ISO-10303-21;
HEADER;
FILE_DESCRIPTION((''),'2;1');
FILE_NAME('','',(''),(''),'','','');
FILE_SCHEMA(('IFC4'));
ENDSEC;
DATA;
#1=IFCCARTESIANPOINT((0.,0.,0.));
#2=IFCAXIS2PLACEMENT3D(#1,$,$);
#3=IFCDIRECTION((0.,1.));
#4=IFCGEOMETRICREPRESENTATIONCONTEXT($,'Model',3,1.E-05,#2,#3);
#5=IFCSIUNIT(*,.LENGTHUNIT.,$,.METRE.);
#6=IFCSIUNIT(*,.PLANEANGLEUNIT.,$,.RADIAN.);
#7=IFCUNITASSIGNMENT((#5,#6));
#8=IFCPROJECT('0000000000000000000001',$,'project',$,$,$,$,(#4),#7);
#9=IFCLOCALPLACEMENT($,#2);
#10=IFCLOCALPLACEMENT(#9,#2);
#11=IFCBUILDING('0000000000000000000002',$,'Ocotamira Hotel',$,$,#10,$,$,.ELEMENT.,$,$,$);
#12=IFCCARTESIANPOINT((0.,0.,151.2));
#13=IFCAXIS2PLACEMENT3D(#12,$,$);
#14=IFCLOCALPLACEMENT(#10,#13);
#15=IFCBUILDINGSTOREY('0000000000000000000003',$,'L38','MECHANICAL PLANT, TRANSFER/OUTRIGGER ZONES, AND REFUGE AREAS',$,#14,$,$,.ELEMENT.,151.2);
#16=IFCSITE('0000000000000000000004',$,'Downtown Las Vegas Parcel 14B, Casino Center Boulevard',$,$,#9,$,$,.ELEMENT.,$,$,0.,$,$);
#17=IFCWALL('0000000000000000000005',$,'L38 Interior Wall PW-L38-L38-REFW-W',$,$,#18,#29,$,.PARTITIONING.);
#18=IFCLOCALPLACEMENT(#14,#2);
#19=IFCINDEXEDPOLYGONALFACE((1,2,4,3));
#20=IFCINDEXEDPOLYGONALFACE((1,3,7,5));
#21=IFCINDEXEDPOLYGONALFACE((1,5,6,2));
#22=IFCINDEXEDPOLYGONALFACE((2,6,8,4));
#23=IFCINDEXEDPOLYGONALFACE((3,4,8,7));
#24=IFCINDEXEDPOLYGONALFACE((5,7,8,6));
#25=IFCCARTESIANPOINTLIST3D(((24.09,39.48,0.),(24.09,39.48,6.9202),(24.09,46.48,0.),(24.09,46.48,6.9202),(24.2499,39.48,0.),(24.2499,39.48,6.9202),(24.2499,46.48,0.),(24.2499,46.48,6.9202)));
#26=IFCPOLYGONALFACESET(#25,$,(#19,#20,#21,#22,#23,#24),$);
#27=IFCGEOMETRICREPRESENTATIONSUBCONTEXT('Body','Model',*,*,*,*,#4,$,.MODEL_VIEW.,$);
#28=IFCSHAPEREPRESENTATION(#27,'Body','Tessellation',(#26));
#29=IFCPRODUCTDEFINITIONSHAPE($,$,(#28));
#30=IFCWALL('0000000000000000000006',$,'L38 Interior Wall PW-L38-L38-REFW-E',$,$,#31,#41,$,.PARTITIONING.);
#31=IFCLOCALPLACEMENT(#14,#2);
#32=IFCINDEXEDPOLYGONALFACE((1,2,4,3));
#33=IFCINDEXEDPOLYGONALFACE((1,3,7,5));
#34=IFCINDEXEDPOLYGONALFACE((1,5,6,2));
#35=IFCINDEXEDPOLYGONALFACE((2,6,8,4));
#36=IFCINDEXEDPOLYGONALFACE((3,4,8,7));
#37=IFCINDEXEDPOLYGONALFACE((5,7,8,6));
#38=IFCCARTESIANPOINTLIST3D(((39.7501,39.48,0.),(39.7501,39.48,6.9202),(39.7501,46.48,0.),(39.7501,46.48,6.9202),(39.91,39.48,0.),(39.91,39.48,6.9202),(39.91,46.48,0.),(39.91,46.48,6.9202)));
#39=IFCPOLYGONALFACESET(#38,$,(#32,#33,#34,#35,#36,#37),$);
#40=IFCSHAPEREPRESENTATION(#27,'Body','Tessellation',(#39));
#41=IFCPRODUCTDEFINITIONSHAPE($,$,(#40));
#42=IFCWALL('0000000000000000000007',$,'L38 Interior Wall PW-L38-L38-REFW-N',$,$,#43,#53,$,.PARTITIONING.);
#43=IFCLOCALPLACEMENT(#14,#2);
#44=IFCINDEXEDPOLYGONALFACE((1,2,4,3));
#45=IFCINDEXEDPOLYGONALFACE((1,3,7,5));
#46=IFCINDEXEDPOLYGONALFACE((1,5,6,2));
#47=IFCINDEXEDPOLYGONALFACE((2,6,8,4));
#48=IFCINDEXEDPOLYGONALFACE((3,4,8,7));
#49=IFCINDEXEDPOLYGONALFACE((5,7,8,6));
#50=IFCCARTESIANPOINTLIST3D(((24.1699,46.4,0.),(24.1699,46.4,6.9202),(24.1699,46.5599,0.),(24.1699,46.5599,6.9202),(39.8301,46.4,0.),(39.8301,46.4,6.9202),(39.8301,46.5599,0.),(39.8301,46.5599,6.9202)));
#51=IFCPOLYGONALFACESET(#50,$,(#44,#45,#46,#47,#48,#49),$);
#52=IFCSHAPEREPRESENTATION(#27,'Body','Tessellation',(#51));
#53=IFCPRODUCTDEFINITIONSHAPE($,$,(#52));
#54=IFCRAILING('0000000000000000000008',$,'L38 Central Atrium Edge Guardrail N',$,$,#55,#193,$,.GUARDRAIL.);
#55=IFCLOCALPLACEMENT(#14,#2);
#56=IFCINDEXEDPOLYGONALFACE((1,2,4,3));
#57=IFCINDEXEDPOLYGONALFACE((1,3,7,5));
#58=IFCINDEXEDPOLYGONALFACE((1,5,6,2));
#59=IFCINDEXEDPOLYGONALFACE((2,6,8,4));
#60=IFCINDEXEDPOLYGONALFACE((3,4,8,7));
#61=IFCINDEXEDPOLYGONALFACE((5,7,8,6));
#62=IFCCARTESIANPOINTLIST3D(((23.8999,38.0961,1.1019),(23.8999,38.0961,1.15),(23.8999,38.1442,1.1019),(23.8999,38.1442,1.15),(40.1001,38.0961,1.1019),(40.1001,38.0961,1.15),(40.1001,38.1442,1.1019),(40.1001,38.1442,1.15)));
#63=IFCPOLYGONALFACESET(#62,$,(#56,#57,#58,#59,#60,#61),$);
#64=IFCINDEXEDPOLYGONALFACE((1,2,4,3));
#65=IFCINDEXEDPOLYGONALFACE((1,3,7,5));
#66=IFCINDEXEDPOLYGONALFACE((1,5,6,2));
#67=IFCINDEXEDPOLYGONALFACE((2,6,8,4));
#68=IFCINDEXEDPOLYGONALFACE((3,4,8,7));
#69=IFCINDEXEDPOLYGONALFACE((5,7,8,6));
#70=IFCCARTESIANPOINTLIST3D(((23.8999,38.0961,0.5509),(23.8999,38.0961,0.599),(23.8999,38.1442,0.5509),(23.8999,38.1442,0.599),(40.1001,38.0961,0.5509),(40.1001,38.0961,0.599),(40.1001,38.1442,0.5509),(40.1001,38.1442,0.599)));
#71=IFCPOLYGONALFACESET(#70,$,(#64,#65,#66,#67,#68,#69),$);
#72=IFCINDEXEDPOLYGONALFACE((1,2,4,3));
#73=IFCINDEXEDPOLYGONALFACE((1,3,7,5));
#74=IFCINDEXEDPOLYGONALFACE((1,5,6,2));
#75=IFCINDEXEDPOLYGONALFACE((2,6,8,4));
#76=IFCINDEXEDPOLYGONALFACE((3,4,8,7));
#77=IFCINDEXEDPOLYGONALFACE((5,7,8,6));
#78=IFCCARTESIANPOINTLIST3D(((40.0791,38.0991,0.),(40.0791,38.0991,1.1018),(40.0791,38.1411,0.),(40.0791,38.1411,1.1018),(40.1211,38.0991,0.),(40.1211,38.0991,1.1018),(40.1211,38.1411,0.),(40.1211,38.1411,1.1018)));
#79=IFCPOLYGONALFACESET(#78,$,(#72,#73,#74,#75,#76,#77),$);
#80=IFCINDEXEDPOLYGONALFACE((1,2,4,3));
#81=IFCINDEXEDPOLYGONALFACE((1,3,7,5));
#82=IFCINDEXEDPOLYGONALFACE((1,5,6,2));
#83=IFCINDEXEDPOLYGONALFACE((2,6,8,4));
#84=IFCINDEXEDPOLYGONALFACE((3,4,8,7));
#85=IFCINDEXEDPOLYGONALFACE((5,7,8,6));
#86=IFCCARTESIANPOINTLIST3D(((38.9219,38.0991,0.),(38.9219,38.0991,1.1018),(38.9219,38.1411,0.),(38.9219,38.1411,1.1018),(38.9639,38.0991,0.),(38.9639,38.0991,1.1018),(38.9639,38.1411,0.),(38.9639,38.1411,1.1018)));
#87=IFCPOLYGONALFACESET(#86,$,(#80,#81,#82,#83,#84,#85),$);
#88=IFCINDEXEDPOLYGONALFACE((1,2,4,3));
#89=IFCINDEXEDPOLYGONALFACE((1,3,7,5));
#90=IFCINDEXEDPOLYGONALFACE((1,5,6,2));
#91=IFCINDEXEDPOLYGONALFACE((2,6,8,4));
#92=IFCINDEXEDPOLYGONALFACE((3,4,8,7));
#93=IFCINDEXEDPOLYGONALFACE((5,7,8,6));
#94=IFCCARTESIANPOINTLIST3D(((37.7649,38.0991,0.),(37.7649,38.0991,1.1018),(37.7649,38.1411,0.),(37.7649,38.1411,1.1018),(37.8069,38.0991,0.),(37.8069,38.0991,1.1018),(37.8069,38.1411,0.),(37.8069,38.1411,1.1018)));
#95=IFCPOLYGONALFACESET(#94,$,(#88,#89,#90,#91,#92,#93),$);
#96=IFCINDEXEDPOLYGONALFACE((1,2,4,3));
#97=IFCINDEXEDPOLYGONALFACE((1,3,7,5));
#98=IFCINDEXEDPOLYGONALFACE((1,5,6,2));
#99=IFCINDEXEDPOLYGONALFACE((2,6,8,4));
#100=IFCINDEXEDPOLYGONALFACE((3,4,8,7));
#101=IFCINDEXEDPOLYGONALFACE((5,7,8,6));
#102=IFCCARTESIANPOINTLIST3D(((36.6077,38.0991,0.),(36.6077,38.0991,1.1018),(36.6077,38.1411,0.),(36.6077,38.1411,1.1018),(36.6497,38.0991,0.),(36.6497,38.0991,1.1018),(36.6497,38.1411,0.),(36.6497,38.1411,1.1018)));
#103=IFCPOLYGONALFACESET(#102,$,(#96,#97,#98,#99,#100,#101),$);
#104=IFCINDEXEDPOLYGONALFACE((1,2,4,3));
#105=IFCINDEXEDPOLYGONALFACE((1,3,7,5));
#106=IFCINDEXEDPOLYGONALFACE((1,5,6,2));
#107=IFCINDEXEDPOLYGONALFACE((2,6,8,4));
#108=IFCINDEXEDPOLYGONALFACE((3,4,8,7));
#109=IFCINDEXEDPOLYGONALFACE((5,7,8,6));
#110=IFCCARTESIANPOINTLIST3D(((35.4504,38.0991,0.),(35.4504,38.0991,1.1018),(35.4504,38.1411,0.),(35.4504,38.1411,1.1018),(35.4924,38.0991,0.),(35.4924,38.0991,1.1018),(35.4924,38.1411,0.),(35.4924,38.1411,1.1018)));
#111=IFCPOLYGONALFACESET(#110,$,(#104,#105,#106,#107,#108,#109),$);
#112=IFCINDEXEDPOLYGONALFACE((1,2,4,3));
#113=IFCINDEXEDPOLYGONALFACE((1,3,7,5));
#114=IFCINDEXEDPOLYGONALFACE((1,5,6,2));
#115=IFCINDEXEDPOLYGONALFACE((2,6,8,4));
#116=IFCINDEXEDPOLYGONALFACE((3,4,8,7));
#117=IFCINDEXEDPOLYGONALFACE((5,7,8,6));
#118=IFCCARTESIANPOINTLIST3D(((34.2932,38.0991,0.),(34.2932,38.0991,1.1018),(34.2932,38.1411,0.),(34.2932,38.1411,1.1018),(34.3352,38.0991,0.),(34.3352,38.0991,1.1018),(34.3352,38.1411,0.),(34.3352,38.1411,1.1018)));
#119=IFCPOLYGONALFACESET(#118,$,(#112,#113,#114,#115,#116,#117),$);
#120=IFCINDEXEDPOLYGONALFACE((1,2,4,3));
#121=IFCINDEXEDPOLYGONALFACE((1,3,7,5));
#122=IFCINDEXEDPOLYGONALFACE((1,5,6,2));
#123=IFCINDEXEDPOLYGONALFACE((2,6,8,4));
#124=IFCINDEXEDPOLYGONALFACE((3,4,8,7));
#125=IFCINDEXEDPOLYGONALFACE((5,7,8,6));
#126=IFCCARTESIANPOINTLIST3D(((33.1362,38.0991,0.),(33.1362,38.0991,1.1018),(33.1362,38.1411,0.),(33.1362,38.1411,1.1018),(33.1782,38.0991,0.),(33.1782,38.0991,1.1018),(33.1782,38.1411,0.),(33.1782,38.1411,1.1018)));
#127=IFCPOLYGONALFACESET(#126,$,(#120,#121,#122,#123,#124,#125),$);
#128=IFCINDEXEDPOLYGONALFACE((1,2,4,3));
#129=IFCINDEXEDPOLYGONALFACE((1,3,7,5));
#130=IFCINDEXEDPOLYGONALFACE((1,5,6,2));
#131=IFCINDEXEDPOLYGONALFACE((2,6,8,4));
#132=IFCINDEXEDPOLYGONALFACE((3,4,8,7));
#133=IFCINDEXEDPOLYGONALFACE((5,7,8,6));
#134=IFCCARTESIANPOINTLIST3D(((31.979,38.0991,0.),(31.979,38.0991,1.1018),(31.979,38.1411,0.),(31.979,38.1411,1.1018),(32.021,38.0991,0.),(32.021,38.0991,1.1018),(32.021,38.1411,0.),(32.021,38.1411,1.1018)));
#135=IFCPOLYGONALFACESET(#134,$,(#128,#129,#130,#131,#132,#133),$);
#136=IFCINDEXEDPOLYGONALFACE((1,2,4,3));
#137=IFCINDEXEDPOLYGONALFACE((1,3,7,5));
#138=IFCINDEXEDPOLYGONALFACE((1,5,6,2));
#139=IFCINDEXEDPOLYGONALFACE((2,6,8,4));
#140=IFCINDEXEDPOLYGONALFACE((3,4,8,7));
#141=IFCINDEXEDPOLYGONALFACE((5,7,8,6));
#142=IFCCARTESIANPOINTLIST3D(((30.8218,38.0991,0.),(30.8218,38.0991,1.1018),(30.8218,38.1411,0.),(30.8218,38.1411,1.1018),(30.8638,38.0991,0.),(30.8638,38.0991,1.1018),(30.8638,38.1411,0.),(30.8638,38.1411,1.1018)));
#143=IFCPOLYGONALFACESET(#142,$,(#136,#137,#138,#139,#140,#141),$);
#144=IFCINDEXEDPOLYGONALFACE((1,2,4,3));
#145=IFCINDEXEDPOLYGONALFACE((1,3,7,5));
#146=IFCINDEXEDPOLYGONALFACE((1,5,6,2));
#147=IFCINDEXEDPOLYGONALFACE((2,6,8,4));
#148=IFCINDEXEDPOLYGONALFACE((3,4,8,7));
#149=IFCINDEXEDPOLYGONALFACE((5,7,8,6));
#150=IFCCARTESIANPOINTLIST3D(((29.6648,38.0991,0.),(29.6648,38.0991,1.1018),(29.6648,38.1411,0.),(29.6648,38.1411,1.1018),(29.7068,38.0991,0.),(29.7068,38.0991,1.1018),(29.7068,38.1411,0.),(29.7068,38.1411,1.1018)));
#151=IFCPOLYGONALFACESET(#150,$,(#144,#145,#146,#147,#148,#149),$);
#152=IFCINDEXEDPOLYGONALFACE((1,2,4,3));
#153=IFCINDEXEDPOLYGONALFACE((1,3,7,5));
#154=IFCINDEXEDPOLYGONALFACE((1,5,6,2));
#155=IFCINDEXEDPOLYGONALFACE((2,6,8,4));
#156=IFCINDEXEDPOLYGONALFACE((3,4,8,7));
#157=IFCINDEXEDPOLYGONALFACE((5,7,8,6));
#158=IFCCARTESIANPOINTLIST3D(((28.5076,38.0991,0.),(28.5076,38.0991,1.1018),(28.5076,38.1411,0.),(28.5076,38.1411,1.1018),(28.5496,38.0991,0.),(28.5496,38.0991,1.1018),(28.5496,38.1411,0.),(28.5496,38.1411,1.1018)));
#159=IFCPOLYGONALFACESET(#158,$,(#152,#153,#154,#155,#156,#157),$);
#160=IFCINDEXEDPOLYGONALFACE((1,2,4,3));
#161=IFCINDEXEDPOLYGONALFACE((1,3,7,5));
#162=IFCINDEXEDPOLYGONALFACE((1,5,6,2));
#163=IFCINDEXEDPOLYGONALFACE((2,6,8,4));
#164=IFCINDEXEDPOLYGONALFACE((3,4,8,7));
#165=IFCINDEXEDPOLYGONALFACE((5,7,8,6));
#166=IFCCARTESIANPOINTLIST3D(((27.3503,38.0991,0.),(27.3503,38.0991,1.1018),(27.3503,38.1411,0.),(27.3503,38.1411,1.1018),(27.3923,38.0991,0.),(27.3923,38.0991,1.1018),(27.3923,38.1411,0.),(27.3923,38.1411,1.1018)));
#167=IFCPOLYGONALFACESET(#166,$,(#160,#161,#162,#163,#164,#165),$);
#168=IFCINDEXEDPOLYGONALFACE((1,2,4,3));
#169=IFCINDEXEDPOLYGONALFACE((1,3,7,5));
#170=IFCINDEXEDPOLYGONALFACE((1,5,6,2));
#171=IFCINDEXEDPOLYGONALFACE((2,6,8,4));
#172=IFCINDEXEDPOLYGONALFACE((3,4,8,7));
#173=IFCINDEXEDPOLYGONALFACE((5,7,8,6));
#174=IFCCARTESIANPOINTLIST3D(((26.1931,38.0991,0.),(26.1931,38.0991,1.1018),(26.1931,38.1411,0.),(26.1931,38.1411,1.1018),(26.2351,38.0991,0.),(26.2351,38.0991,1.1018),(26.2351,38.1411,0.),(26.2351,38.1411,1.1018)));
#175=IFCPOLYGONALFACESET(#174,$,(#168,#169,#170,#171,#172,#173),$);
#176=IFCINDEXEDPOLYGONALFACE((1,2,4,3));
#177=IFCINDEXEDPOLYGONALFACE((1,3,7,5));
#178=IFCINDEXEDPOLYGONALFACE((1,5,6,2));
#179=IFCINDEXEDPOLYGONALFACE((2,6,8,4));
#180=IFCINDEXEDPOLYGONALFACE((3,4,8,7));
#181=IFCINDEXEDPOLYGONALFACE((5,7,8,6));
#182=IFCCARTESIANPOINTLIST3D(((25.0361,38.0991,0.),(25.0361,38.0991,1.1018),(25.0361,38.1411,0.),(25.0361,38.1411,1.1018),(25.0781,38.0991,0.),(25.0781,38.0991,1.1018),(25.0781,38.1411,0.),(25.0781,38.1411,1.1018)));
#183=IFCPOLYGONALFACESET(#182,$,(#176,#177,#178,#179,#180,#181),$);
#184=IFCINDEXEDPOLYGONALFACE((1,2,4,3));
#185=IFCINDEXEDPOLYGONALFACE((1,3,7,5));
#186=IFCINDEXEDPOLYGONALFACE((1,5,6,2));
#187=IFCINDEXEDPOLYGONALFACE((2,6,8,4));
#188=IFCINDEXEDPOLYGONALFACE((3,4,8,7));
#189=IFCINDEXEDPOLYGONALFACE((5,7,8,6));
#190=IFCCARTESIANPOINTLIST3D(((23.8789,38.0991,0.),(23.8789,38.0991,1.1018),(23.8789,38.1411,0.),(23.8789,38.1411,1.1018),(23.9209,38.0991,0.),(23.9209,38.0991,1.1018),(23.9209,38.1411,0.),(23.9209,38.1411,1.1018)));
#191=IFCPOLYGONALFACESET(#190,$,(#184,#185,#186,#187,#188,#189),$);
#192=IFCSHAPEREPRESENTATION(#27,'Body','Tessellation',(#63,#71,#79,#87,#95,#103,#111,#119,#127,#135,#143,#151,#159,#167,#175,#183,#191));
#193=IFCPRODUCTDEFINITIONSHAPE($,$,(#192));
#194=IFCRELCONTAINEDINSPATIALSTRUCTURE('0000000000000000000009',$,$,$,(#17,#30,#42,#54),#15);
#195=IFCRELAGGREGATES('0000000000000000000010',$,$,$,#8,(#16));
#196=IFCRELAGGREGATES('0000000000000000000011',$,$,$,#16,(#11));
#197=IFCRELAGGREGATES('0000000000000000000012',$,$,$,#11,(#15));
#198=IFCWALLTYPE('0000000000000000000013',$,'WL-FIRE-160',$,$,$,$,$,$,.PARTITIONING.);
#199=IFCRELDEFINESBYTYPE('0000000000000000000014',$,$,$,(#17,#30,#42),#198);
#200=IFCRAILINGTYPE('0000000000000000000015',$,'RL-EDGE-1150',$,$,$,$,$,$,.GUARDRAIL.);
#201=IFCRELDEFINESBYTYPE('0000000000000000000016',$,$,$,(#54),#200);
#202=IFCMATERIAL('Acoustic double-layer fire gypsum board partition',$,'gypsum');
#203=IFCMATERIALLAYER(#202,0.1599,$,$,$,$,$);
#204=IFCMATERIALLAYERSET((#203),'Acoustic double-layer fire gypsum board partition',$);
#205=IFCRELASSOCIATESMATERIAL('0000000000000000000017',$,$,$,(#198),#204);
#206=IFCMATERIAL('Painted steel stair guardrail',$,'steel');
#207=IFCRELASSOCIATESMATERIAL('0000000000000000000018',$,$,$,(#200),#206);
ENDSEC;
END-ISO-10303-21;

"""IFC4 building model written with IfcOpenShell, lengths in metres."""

from ifc_helpers import new_model, si_unit, direction, frame, frame_2d, origin, origin_2d, place, context, subcontext, project, spatial, rectangle, extrude, material, layer, layer_set, type_object, element, save


model = new_model("IFC4")

# Units and contexts
model_context = context("Model", 3, precision=1e-05, world=origin(), true_north=direction((0.0, 1.0)))
body_context = subcontext(model_context, "Body", "Model", "MODEL_VIEW")
ifc_project = project(units=[si_unit("LENGTHUNIT", "METRE"), si_unit("PLANEANGLEUNIT", "RADIAN")], contexts=[model_context])

# Site, building, storey
site_placement = place(None, origin())
site = spatial("IfcSite", under=ifc_project, at=site_placement, Name="Downtown Las Vegas Parcel 14B, Casino Center Boulevard", CompositionType="ELEMENT", RefElevation=0.0)
building_placement = place(site_placement, origin())
building = spatial("IfcBuilding", under=site, at=building_placement, Name="Ocotamira Hotel", CompositionType="ELEMENT")
storey_placement = place(building_placement, frame((0.0, 0.0, 151.2)))
storey = spatial("IfcBuildingStorey", under=building, at=storey_placement, Name="L38", Description="MECHANICAL PLANT, TRANSFER/OUTRIGGER ZONES, AND REFUGE AREAS", CompositionType="ELEMENT", Elevation=151.2)

# Shared definitions
ifc_material_1 = material(Name="Acoustic double-layer fire gypsum board partition", Category="gypsum")
ifc_layer_1 = layer(ifc_material_1, 0.1599)
ifc_layer_set_1 = layer_set([ifc_layer_1], Name="Acoustic double-layer fire gypsum board partition")
wall_type = type_object("IfcWallType", Name="WL-FIRE-160", PredefinedType="PARTITIONING", material=ifc_layer_set_1)

# Walls
for number, where, z_axis, x_axis, name in (
    (1, (24.1699, 39.48, 0.0), (0.0, 0.0, 1.0), (0.0, 1.0, 0.0), "L38 Interior Wall PW-L38-L38-REFW-W"),
    (2, (39.8301, 39.48, 0.0), (0.0, 0.0, 1.0), (0.0, 1.0, 0.0), "L38 Interior Wall PW-L38-L38-REFW-E"),
):
    element("IfcWall", number, at=place(storey_placement, frame(where, z_axis=z_axis, x_axis=x_axis)), inside=storey, type_object=wall_type, Name=name, PredefinedType="PARTITIONING", context=body_context, shape_type="SweptSolid", body=[
        extrude(rectangle(XDim=7.0, YDim=0.1599, at=frame_2d((3.5, 0.0))), origin(), (0.0, 0.0, 1.0), 6.9202),
    ])
wall_1_placement = place(storey_placement, frame((24.1699, 46.48, 0.0), z_axis=(0.0, 0.0, 1.0), x_axis=(1.0, 0.0, 0.0)))
element("IfcWall", 3, at=wall_1_placement, inside=storey, type_object=wall_type, Name="L38 Interior Wall PW-L38-L38-REFW-N", PredefinedType="PARTITIONING", context=body_context, shape_type="SweptSolid", body=[
    extrude(rectangle(XDim=15.6602, YDim=0.1599, at=frame_2d((7.8301, 0.0))), origin(), (0.0, 0.0, 1.0), 6.9202),
])

# Railing
ifc_material_2 = material(Name="Painted steel stair guardrail", Category="steel")
railing_type = type_object("IfcRailingType", Name="RL-EDGE-1150", PredefinedType="GUARDRAIL", material=ifc_material_2)
railing_1_placement = place(storey_placement, frame((40.1001, 38.1201, 0.0)))
element("IfcRailing", 4, at=railing_1_placement, inside=storey, type_object=railing_type, Name="L38 Central Atrium Edge Guardrail N", PredefinedType="GUARDRAIL", context=body_context, shape_type="SweptSolid", body=[
    extrude(rectangle(XDim=0.0481, YDim=0.0481, at=origin_2d()), frame((0.0, 0.0, 1.126), z_axis=(-1.0, 0.0, 0.0), x_axis=(0.0, -1.0, 0.0)), (0.0, 0.0, 1.0), 16.2002),
    extrude(rectangle(XDim=0.0481, YDim=0.0481, at=origin_2d()), frame((0.0, 0.0, 0.575), z_axis=(-1.0, 0.0, 0.0), x_axis=(0.0, -1.0, 0.0)), (0.0, 0.0, 1.0), 16.2002),
    extrude(rectangle(XDim=0.042, YDim=0.042, at=origin_2d()), origin(), (0.0, 0.0, 1.0), 1.1018),
    extrude(rectangle(XDim=0.042, YDim=0.042, at=origin_2d()), frame((-1.1572, 0.0, 0.0)), (0.0, 0.0, 1.0), 1.1018),
    extrude(rectangle(XDim=0.042, YDim=0.042, at=origin_2d()), frame((-2.3142, 0.0, 0.0)), (0.0, 0.0, 1.0), 1.1018),
    extrude(rectangle(XDim=0.042, YDim=0.042, at=origin_2d()), frame((-3.4714, 0.0, 0.0)), (0.0, 0.0, 1.0), 1.1018),
    extrude(rectangle(XDim=0.042, YDim=0.042, at=origin_2d()), frame((-4.6287, 0.0, 0.0)), (0.0, 0.0, 1.0), 1.1018),
    extrude(rectangle(XDim=0.042, YDim=0.042, at=origin_2d()), frame((-5.7859, 0.0, 0.0)), (0.0, 0.0, 1.0), 1.1018),
    extrude(rectangle(XDim=0.042, YDim=0.042, at=origin_2d()), frame((-6.9429, 0.0, 0.0)), (0.0, 0.0, 1.0), 1.1018),
    extrude(rectangle(XDim=0.042, YDim=0.042, at=origin_2d()), frame((-8.1001, 0.0, 0.0)), (0.0, 0.0, 1.0), 1.1018),
    extrude(rectangle(XDim=0.042, YDim=0.042, at=origin_2d()), frame((-9.2573, 0.0, 0.0)), (0.0, 0.0, 1.0), 1.1018),
    extrude(rectangle(XDim=0.042, YDim=0.042, at=origin_2d()), frame((-10.4143, 0.0, 0.0)), (0.0, 0.0, 1.0), 1.1018),
    extrude(rectangle(XDim=0.042, YDim=0.042, at=origin_2d()), frame((-11.5715, 0.0, 0.0)), (0.0, 0.0, 1.0), 1.1018),
    extrude(rectangle(XDim=0.042, YDim=0.042, at=origin_2d()), frame((-12.7288, 0.0, 0.0)), (0.0, 0.0, 1.0), 1.1018),
    extrude(rectangle(XDim=0.042, YDim=0.042, at=origin_2d()), frame((-13.886, 0.0, 0.0)), (0.0, 0.0, 1.0), 1.1018),
    extrude(rectangle(XDim=0.042, YDim=0.042, at=origin_2d()), frame((-15.043, 0.0, 0.0)), (0.0, 0.0, 1.0), 1.1018),
    extrude(rectangle(XDim=0.042, YDim=0.042, at=origin_2d()), frame((-16.2002, 0.0, 0.0)), (0.0, 0.0, 1.0), 1.1018),
])

save(model, "model.ifc")
